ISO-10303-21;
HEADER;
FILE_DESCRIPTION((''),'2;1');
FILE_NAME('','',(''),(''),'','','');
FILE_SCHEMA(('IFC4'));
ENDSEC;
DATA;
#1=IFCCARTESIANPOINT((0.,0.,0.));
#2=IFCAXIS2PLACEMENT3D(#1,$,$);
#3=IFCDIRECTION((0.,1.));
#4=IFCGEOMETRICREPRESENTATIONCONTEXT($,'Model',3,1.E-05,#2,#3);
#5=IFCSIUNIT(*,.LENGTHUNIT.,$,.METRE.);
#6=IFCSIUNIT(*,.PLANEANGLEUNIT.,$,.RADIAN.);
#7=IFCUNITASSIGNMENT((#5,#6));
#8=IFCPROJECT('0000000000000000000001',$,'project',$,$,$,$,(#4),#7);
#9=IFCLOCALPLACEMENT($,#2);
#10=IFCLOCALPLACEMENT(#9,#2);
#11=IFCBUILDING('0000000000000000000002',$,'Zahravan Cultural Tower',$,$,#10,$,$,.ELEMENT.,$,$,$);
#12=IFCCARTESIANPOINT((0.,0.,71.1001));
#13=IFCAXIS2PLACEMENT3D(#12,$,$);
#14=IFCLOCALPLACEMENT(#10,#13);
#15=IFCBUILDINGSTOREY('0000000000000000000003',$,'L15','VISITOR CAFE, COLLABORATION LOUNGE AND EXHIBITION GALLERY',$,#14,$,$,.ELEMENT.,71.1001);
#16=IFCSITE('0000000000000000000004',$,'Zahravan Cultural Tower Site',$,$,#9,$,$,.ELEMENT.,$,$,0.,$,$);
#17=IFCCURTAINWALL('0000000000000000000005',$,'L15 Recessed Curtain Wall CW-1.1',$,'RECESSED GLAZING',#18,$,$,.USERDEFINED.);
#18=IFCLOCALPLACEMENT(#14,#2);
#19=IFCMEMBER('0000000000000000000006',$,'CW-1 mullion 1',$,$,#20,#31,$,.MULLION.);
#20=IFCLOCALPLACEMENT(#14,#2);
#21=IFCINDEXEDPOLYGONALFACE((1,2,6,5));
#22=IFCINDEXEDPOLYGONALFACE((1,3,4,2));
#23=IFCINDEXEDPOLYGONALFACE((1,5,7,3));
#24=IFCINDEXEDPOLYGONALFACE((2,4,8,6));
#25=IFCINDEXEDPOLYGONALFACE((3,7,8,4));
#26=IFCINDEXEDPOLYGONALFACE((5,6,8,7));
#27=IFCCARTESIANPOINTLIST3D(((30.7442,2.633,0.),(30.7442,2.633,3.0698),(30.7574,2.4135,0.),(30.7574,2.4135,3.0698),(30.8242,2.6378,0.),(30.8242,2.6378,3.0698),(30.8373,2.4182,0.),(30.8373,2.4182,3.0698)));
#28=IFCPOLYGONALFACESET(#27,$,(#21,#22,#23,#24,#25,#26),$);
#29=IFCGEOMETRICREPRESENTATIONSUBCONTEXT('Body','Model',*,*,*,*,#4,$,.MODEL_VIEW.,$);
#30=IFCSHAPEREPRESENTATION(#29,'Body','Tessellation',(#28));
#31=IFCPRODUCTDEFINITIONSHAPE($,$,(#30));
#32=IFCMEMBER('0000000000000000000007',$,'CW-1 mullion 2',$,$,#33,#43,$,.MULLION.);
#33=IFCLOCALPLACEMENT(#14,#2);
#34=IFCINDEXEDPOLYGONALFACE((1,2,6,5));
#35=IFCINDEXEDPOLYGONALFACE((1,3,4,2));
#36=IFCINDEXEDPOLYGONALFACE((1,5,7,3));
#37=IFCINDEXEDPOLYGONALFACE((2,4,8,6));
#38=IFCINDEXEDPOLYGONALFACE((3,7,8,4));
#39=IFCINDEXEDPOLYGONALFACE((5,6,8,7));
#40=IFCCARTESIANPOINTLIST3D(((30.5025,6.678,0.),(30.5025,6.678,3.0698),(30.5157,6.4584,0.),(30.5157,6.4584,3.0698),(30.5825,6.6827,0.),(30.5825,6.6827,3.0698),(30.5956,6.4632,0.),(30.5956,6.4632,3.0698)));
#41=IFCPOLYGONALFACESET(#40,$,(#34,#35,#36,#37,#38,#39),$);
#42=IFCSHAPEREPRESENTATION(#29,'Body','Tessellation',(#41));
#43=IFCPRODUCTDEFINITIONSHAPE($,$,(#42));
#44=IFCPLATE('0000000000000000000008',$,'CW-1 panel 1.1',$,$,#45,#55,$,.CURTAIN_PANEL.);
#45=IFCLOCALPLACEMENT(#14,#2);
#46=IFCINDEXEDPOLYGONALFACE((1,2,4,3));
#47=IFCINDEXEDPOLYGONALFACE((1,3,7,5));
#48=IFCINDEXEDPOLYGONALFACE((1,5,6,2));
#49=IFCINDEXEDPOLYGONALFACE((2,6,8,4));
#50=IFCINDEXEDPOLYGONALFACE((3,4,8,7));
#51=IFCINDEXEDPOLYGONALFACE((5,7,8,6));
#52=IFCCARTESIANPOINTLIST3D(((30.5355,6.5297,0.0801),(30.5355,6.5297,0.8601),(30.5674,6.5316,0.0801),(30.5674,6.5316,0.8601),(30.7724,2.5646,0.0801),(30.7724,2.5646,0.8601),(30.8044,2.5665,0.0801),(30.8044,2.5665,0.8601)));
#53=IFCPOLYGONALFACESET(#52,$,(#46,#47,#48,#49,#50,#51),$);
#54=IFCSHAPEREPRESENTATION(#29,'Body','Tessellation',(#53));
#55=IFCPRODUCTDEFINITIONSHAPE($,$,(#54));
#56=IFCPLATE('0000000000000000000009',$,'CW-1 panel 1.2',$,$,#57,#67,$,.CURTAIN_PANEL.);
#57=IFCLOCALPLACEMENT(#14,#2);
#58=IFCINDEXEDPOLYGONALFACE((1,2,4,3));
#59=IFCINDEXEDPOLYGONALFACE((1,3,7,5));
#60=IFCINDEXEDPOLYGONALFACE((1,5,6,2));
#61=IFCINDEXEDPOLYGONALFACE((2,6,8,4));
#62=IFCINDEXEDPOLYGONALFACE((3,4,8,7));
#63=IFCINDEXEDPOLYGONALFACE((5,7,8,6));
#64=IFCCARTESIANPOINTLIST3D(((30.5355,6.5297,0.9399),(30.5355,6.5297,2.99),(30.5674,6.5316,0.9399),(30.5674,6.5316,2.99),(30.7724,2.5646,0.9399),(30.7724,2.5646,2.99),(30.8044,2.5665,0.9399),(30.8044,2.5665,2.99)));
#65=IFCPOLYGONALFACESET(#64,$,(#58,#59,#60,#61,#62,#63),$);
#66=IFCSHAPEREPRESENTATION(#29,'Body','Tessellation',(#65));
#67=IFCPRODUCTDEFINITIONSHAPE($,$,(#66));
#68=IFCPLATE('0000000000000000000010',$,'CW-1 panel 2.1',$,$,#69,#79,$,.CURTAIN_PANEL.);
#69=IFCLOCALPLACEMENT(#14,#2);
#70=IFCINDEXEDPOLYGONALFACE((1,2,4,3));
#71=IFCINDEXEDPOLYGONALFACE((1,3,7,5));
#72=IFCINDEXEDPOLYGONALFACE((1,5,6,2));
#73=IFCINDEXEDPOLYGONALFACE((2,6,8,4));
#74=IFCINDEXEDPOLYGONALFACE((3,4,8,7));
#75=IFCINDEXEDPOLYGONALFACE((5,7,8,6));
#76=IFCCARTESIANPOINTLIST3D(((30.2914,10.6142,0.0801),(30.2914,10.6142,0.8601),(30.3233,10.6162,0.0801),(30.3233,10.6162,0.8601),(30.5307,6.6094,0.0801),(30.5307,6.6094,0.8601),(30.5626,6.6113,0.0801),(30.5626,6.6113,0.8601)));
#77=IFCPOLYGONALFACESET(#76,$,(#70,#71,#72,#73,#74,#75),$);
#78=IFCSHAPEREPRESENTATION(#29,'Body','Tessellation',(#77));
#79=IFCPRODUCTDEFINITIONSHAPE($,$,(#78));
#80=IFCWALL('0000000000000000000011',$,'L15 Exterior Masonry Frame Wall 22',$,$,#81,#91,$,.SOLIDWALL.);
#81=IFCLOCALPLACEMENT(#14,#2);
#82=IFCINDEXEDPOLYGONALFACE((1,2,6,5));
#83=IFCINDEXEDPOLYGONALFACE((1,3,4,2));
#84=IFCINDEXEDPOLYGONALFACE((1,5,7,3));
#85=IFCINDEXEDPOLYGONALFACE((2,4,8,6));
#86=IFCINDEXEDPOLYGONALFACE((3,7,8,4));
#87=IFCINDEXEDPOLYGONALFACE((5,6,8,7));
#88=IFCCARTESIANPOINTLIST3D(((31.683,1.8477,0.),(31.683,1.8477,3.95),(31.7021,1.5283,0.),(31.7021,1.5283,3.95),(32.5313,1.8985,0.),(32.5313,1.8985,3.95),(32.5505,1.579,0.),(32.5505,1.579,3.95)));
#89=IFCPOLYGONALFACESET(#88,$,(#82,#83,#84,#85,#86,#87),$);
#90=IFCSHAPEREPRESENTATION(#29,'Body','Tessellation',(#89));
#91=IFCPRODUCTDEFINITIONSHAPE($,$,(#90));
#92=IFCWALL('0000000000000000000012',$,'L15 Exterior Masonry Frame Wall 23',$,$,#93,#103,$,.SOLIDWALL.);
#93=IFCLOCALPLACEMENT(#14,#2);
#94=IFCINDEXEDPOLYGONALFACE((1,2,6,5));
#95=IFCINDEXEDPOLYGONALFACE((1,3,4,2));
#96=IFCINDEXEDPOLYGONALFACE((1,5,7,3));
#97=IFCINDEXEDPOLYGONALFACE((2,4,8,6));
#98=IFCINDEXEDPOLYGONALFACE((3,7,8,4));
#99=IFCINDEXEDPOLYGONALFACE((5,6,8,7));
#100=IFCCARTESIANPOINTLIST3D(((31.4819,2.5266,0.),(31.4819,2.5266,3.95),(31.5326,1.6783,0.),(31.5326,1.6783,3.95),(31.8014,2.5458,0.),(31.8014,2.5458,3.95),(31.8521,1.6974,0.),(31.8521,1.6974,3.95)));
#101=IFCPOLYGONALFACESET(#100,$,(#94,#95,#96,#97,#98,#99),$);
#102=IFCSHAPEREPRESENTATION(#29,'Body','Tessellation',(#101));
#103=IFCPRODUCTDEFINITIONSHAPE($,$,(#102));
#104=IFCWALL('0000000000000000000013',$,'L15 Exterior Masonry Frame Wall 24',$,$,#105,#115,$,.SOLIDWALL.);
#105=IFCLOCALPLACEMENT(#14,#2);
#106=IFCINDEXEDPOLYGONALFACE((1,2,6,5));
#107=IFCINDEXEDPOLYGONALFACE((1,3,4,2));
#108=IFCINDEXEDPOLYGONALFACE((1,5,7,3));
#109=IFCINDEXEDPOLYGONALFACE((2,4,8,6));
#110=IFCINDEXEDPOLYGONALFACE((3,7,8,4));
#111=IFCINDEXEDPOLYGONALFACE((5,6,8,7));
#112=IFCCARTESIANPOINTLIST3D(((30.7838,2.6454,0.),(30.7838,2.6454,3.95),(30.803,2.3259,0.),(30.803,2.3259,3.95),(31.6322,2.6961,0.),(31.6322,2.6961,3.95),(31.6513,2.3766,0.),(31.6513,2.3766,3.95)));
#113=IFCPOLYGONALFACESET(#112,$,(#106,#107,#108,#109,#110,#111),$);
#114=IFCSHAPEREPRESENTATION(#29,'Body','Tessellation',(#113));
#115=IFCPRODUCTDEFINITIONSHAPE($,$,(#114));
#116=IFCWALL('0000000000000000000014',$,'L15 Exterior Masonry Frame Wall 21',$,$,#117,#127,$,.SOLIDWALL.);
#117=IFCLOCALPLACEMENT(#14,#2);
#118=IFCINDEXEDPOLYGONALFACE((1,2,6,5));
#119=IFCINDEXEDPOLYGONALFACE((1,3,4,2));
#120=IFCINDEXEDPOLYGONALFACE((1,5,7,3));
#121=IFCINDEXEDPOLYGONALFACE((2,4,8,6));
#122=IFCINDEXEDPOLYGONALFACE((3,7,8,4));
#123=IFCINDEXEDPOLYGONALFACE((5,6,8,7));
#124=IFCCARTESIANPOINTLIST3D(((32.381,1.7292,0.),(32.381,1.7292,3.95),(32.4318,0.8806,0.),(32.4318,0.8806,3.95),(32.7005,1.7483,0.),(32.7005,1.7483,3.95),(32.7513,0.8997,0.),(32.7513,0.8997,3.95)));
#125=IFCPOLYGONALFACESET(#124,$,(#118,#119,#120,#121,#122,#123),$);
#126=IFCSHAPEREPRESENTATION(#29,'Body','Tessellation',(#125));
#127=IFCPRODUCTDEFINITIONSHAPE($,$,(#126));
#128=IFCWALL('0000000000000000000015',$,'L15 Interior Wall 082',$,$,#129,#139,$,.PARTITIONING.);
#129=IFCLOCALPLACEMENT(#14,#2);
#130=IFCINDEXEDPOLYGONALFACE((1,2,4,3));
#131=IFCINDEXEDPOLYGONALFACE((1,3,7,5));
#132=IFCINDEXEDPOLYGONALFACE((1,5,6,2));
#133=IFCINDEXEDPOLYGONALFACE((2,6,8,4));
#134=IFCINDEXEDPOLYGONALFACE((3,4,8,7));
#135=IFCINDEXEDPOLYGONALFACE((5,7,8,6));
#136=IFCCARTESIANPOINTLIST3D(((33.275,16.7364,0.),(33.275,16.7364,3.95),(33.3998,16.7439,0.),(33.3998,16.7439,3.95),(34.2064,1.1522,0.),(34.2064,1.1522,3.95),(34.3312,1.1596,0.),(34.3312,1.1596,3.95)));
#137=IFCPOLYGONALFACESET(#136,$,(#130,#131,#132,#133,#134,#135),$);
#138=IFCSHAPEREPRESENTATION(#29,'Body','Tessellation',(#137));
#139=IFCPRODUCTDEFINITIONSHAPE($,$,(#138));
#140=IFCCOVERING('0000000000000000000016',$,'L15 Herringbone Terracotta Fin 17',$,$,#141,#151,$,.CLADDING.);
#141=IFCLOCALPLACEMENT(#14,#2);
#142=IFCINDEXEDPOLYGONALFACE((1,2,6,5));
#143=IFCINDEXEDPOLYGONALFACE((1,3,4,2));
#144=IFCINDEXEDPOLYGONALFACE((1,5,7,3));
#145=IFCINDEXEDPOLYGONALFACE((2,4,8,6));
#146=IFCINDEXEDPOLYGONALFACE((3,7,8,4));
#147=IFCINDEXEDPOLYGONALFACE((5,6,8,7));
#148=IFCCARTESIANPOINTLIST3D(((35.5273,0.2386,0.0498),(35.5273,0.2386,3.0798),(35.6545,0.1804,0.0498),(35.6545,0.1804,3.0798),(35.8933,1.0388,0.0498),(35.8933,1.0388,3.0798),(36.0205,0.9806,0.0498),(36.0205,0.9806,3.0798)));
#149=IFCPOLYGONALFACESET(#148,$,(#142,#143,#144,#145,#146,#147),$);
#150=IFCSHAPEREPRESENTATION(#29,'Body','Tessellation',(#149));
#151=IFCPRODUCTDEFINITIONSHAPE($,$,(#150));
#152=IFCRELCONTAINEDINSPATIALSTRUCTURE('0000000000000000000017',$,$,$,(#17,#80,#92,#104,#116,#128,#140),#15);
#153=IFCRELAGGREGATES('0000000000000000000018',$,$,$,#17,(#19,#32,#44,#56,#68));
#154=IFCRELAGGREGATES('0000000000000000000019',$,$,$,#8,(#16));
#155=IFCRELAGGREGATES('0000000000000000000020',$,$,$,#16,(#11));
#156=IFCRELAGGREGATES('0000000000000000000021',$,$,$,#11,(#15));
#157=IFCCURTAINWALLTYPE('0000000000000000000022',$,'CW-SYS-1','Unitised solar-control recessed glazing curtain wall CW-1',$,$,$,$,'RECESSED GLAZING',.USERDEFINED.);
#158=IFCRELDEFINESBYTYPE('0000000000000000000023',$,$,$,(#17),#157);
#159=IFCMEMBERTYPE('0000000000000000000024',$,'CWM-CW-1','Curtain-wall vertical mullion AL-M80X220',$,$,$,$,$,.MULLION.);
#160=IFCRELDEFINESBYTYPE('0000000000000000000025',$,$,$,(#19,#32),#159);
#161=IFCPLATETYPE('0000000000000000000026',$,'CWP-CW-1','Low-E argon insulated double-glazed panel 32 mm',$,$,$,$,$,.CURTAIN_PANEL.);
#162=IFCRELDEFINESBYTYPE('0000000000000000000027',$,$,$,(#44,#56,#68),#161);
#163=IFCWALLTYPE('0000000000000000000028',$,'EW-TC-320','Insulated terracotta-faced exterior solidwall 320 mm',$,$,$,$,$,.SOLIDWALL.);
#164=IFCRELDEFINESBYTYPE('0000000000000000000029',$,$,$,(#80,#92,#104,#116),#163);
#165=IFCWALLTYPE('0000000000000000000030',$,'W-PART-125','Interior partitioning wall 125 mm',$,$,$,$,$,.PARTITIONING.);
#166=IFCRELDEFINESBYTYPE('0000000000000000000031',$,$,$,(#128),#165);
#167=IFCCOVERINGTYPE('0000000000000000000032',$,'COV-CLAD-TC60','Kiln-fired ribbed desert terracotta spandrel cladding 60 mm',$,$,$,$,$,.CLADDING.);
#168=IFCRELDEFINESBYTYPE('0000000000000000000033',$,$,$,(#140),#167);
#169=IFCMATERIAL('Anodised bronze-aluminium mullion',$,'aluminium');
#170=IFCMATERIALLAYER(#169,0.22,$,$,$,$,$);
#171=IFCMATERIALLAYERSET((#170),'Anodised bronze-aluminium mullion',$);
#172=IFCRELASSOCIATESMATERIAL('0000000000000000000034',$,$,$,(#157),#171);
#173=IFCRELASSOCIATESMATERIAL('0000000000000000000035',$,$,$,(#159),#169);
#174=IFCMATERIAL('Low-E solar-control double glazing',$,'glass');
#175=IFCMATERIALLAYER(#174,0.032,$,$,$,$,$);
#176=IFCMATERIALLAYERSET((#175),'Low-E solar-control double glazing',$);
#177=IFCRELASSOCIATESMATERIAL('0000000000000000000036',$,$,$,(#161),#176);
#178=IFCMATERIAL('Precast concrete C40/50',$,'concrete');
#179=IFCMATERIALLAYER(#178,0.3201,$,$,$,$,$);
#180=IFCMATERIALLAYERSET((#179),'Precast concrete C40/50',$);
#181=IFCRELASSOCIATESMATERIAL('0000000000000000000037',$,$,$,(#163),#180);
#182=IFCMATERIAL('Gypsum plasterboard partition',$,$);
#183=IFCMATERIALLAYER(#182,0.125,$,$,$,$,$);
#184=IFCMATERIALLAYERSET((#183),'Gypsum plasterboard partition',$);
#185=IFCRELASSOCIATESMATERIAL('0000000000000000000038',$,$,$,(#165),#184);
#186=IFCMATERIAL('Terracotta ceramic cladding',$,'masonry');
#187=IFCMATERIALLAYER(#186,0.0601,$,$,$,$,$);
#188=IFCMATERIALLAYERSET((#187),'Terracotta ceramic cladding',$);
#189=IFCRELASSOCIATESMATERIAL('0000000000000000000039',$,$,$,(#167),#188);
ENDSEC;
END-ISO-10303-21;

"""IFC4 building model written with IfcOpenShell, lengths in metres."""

from ifc_helpers import new_model, si_unit, direction, frame, frame_2d, origin, origin_2d, place, context, subcontext, project, spatial, rectangle, extrude, source, transform, mapped, material, layer, layer_set, material_profile, profile_set, type_object, element, aggregate, save


model = new_model("IFC4")

# Units and contexts
model_context = context("Model", 3, precision=1e-05, world=origin(), true_north=direction((0.0, 1.0)))
body_context = subcontext(model_context, "Body", "Model", "MODEL_VIEW")
ifc_project = project(units=[si_unit("LENGTHUNIT", "METRE"), si_unit("PLANEANGLEUNIT", "RADIAN")], contexts=[model_context])

# Site, building, storey
site_placement = place(None, origin())
site = spatial("IfcSite", under=ifc_project, at=site_placement, Name="Zahravan Cultural Tower Site", CompositionType="ELEMENT", RefElevation=0.0)
building_placement = place(site_placement, origin())
building = spatial("IfcBuilding", under=site, at=building_placement, Name="Zahravan Cultural Tower", CompositionType="ELEMENT")
storey_placement = place(building_placement, frame((0.0, 0.0, 71.1001)))
storey = spatial("IfcBuildingStorey", under=building, at=storey_placement, Name="L15", Description="VISITOR CAFE, COLLABORATION LOUNGE AND EXHIBITION GALLERY", CompositionType="ELEMENT", Elevation=71.1001)

# Curtain wall, members, plates
ifc_material_1 = material(Name="Anodised bronze-aluminium mullion", Category="aluminium")
ifc_layer_1 = layer(ifc_material_1, 0.22)
ifc_layer_set_1 = layer_set([ifc_layer_1], Name="Anodised bronze-aluminium mullion")
curtain_wall_type = type_object("IfcCurtainWallType", Name="CW-SYS-1", Description="Unitised solar-control recessed glazing curtain wall CW-1", ElementType="RECESSED GLAZING", PredefinedType="USERDEFINED", material=ifc_layer_set_1)
curtain_wall_placement = place(storey_placement, origin())
curtain_wall = element("IfcCurtainWall", 1, at=curtain_wall_placement, inside=storey, type_object=curtain_wall_type, Name="L15 Recessed Curtain Wall CW-1.1", ObjectType="RECESSED GLAZING", PredefinedType="USERDEFINED")
ifc_material_profile_1 = material_profile(ifc_material_1, rectangle(XDim=0.0801, YDim=0.22, at=origin_2d()), Name="AL-M80X220")
ifc_profile_set_1 = profile_set([ifc_material_profile_1], Name="Anodised bronze-aluminium mullion")
member_type_1 = type_object("IfcMemberType", Name="CWM-CW-1", Description="Curtain-wall vertical mullion AL-M80X220", PredefinedType="MULLION", material=ifc_profile_set_1)
shared_shape_1 = source(origin(), body_context, "Body", "SweptSolid", [
    extrude(rectangle(XDim=0.0801, YDim=0.22, at=origin_2d()), origin(), (0.0, 0.0, 1.0), 3.0698),
])
member_1_placement = place(storey_placement, frame((30.7908, 2.5256, 0.0), z_axis=(0.0, 0.0, 1.0), x_axis=(-0.998219, -0.059652, 0.0)))
member_1 = element("IfcMember", 2, at=member_1_placement, type_object=member_type_1, Name="CW-1 mullion 1", PredefinedType="MULLION", context=body_context, shape_type="MappedRepresentation", body=[
    mapped(shared_shape_1, transform((0.0, 0.0, 0.0), x_axis=(1.0, 0.0, 0.0), y_axis=(0.0, 1.0, 0.0), z_axis=(0.0, 0.0, 1.0), scale=1.0)),
])
member_2_placement = place(storey_placement, frame((30.5491, 6.5706, 0.0), z_axis=(0.0, 0.0, 1.0), x_axis=(-0.998219, -0.059652, 0.0)))
member_2 = element("IfcMember", 3, at=member_2_placement, type_object=member_type_1, Name="CW-1 mullion 2", PredefinedType="MULLION", context=body_context, shape_type="MappedRepresentation", body=[
    mapped(shared_shape_1, transform((0.0, 0.0, 0.0), x_axis=(1.0, 0.0, 0.0), y_axis=(0.0, 1.0, 0.0), z_axis=(0.0, 0.0, 1.0), scale=1.0)),
])
ifc_material_2 = material(Name="Low-E solar-control double glazing", Category="glass")
ifc_layer_2 = layer(ifc_material_2, 0.032)
ifc_layer_set_2 = layer_set([ifc_layer_2], Name="Low-E solar-control double glazing")
plate_type = type_object("IfcPlateType", Name="CWP-CW-1", Description="Low-E argon insulated double-glazed panel 32 mm", PredefinedType="CURTAIN_PANEL", material=ifc_layer_set_2)
shared_shape_2 = source(origin(), body_context, "Body", "SweptSolid", [
    extrude(rectangle(XDim=3.9722, YDim=0.032, at=origin_2d()), origin(), (0.0, 0.0, 1.0), 0.78),
])
plate_1_placement = place(storey_placement, frame((30.6699, 4.5481, 0.0801), z_axis=(0.0, 0.0, 1.0), x_axis=(-0.059652, 0.998219, 0.0)))
plate_1 = element("IfcPlate", 4, at=plate_1_placement, type_object=plate_type, Name="CW-1 panel 1.1", PredefinedType="CURTAIN_PANEL", context=body_context, shape_type="MappedRepresentation", body=[
    mapped(shared_shape_2, transform((0.0, 0.0, 0.0), x_axis=(1.0, 0.0, 0.0), y_axis=(0.0, 1.0, 0.0), z_axis=(0.0, 0.0, 1.0), scale=1.0)),
])
shared_shape_3 = source(origin(), body_context, "Body", "SweptSolid", [
    extrude(rectangle(XDim=3.9722, YDim=0.032, at=origin_2d()), origin(), (0.0, 0.0, 1.0), 2.05),
])
plate_2_placement = place(storey_placement, frame((30.6699, 4.5481, 0.9399), z_axis=(0.0, 0.0, 1.0), x_axis=(-0.059652, 0.998219, 0.0)))
plate_2 = element("IfcPlate", 5, at=plate_2_placement, type_object=plate_type, Name="CW-1 panel 1.2", PredefinedType="CURTAIN_PANEL", context=body_context, shape_type="MappedRepresentation", body=[
    mapped(shared_shape_3, transform((0.0, 0.0, 0.0), x_axis=(1.0, 0.0, 0.0), y_axis=(0.0, 1.0, 0.0), z_axis=(0.0, 0.0, 1.0), scale=1.0)),
])
shared_shape_4 = source(origin(), body_context, "Body", "SweptSolid", [
    extrude(rectangle(XDim=4.012, YDim=0.032, at=origin_2d()), origin(), (0.0, 0.0, 1.0), 0.78),
])
plate_3_placement = place(storey_placement, frame((30.427, 8.6128, 0.0801), z_axis=(0.0, 0.0, 1.0), x_axis=(-0.059652, 0.998219, 0.0)))
plate_3 = element("IfcPlate", 6, at=plate_3_placement, type_object=plate_type, Name="CW-1 panel 2.1", PredefinedType="CURTAIN_PANEL", context=body_context, shape_type="MappedRepresentation", body=[
    mapped(shared_shape_4, transform((0.0, 0.0, 0.0), x_axis=(1.0, 0.0, 0.0), y_axis=(0.0, 1.0, 0.0), z_axis=(0.0, 0.0, 1.0), scale=1.0)),
])
aggregate(curtain_wall, [member_1, member_2, plate_1, plate_2, plate_3])

# Walls
ifc_material_3 = material(Name="Precast concrete C40/50", Category="concrete")
ifc_layer_3 = layer(ifc_material_3, 0.3201)
ifc_layer_set_3 = layer_set([ifc_layer_3], Name="Precast concrete C40/50")
wall_type_1 = type_object("IfcWallType", Name="EW-TC-320", Description="Insulated terracotta-faced exterior solidwall 320 mm", PredefinedType="SOLIDWALL", material=ifc_layer_set_3)
shared_shape_5 = source(origin(), body_context, "Body", "SweptSolid", [
    extrude(rectangle(XDim=0.8499, YDim=0.3201, at=frame_2d((0.4248, 0.0))), origin(), (0.0, 0.0, 1.0), 3.95),
])
for number, where, z_axis, x_axis, name in (
    (7, (32.5408, 1.7388, 0.0), (0.0, 0.0, 1.0), (-0.998213, -0.059749, 0.0), "L15 Exterior Masonry Frame Wall 22"),
    (8, (31.6924, 1.688, 0.0), (0.0, 0.0, 1.0), (-0.059749, 0.998213, 0.0), "L15 Exterior Masonry Frame Wall 23"),
    (9, (31.6416, 2.5364, 0.0), (0.0, 0.0, 1.0), (-0.998213, -0.059749, 0.0), "L15 Exterior Masonry Frame Wall 24"),
):
    element("IfcWall", number, at=place(storey_placement, frame(where, z_axis=z_axis, x_axis=x_axis)), inside=storey, type_object=wall_type_1, Name=name, PredefinedType="SOLIDWALL", context=body_context, shape_type="MappedRepresentation", body=[
        mapped(shared_shape_5, transform((0.0, 0.0, 0.0), x_axis=(1.0, 0.0, 0.0), y_axis=(0.0, 1.0, 0.0), z_axis=(0.0, 0.0, 1.0), scale=1.0)),
    ])
shared_shape_6 = source(origin(), body_context, "Body", "SweptSolid", [
    extrude(rectangle(XDim=0.8501, YDim=0.3201, at=frame_2d((0.425, 0.0))), origin(), (0.0, 0.0, 1.0), 3.95),
])
wall_1_placement = place(storey_placement, frame((32.5916, 0.8901, 0.0), z_axis=(0.0, 0.0, 1.0), x_axis=(-0.059732, 0.998214, 0.0)))
element("IfcWall", 10, at=wall_1_placement, inside=storey, type_object=wall_type_1, Name="L15 Exterior Masonry Frame Wall 21", PredefinedType="SOLIDWALL", context=body_context, shape_type="MappedRepresentation", body=[
    mapped(shared_shape_6, transform((0.0, 0.0, 0.0), x_axis=(1.0, 0.0, 0.0), y_axis=(0.0, 1.0, 0.0), z_axis=(0.0, 0.0, 1.0), scale=1.0)),
])
ifc_material_4 = material(Name="Gypsum plasterboard partition")
ifc_layer_4 = layer(ifc_material_4, 0.125)
ifc_layer_set_4 = layer_set([ifc_layer_4], Name="Gypsum plasterboard partition")
wall_type_2 = type_object("IfcWallType", Name="W-PART-125", Description="Interior partitioning wall 125 mm", PredefinedType="PARTITIONING", material=ifc_layer_set_4)
shared_shape_7 = source(origin(), body_context, "Body", "SweptSolid", [
    extrude(rectangle(XDim=15.6121, YDim=0.125, at=frame_2d((7.8062, 0.0))), origin(), (0.0, 0.0, 1.0), 3.95),
])
wall_2_placement = place(storey_placement, frame((34.2688, 1.1558, 0.0), z_axis=(0.0, 0.0, 1.0), x_axis=(-0.059659, 0.998219, 0.0)))
element("IfcWall", 11, at=wall_2_placement, inside=storey, type_object=wall_type_2, Name="L15 Interior Wall 082", PredefinedType="PARTITIONING", context=body_context, shape_type="MappedRepresentation", body=[
    mapped(shared_shape_7, transform((0.0, 0.0, 0.0), x_axis=(1.0, 0.0, 0.0), y_axis=(0.0, 1.0, 0.0), z_axis=(0.0, 0.0, 1.0), scale=1.0)),
])

# Covering
ifc_material_5 = material(Name="Terracotta ceramic cladding", Category="masonry")
ifc_layer_5 = layer(ifc_material_5, 0.0601)
ifc_layer_set_5 = layer_set([ifc_layer_5], Name="Terracotta ceramic cladding")
covering_type = type_object("IfcCoveringType", Name="COV-CLAD-TC60", Description="Kiln-fired ribbed desert terracotta spandrel cladding 60 mm", PredefinedType="CLADDING", material=ifc_layer_set_5)
shared_shape_8 = source(origin(), body_context, "Body", "SweptSolid", [
    extrude(rectangle(XDim=0.8799, YDim=0.1399, at=origin_2d()), origin(), (0.0, 0.0, 1.0), 3.03),
])
covering_placement = place(storey_placement, frame((35.7739, 0.6096, 0.0498), z_axis=(0.0, 0.0, 1.0), x_axis=(-0.415963, -0.909381, 0.0)))
element("IfcCovering", 12, at=covering_placement, inside=storey, type_object=covering_type, Name="L15 Herringbone Terracotta Fin 17", PredefinedType="CLADDING", context=body_context, shape_type="MappedRepresentation", body=[
    mapped(shared_shape_8, transform((0.0, 0.0, 0.0), x_axis=(1.0, 0.0, 0.0), y_axis=(0.0, 1.0, 0.0), z_axis=(0.0, 0.0, 1.0), scale=1.0)),
])

save(model, "model.ifc")
